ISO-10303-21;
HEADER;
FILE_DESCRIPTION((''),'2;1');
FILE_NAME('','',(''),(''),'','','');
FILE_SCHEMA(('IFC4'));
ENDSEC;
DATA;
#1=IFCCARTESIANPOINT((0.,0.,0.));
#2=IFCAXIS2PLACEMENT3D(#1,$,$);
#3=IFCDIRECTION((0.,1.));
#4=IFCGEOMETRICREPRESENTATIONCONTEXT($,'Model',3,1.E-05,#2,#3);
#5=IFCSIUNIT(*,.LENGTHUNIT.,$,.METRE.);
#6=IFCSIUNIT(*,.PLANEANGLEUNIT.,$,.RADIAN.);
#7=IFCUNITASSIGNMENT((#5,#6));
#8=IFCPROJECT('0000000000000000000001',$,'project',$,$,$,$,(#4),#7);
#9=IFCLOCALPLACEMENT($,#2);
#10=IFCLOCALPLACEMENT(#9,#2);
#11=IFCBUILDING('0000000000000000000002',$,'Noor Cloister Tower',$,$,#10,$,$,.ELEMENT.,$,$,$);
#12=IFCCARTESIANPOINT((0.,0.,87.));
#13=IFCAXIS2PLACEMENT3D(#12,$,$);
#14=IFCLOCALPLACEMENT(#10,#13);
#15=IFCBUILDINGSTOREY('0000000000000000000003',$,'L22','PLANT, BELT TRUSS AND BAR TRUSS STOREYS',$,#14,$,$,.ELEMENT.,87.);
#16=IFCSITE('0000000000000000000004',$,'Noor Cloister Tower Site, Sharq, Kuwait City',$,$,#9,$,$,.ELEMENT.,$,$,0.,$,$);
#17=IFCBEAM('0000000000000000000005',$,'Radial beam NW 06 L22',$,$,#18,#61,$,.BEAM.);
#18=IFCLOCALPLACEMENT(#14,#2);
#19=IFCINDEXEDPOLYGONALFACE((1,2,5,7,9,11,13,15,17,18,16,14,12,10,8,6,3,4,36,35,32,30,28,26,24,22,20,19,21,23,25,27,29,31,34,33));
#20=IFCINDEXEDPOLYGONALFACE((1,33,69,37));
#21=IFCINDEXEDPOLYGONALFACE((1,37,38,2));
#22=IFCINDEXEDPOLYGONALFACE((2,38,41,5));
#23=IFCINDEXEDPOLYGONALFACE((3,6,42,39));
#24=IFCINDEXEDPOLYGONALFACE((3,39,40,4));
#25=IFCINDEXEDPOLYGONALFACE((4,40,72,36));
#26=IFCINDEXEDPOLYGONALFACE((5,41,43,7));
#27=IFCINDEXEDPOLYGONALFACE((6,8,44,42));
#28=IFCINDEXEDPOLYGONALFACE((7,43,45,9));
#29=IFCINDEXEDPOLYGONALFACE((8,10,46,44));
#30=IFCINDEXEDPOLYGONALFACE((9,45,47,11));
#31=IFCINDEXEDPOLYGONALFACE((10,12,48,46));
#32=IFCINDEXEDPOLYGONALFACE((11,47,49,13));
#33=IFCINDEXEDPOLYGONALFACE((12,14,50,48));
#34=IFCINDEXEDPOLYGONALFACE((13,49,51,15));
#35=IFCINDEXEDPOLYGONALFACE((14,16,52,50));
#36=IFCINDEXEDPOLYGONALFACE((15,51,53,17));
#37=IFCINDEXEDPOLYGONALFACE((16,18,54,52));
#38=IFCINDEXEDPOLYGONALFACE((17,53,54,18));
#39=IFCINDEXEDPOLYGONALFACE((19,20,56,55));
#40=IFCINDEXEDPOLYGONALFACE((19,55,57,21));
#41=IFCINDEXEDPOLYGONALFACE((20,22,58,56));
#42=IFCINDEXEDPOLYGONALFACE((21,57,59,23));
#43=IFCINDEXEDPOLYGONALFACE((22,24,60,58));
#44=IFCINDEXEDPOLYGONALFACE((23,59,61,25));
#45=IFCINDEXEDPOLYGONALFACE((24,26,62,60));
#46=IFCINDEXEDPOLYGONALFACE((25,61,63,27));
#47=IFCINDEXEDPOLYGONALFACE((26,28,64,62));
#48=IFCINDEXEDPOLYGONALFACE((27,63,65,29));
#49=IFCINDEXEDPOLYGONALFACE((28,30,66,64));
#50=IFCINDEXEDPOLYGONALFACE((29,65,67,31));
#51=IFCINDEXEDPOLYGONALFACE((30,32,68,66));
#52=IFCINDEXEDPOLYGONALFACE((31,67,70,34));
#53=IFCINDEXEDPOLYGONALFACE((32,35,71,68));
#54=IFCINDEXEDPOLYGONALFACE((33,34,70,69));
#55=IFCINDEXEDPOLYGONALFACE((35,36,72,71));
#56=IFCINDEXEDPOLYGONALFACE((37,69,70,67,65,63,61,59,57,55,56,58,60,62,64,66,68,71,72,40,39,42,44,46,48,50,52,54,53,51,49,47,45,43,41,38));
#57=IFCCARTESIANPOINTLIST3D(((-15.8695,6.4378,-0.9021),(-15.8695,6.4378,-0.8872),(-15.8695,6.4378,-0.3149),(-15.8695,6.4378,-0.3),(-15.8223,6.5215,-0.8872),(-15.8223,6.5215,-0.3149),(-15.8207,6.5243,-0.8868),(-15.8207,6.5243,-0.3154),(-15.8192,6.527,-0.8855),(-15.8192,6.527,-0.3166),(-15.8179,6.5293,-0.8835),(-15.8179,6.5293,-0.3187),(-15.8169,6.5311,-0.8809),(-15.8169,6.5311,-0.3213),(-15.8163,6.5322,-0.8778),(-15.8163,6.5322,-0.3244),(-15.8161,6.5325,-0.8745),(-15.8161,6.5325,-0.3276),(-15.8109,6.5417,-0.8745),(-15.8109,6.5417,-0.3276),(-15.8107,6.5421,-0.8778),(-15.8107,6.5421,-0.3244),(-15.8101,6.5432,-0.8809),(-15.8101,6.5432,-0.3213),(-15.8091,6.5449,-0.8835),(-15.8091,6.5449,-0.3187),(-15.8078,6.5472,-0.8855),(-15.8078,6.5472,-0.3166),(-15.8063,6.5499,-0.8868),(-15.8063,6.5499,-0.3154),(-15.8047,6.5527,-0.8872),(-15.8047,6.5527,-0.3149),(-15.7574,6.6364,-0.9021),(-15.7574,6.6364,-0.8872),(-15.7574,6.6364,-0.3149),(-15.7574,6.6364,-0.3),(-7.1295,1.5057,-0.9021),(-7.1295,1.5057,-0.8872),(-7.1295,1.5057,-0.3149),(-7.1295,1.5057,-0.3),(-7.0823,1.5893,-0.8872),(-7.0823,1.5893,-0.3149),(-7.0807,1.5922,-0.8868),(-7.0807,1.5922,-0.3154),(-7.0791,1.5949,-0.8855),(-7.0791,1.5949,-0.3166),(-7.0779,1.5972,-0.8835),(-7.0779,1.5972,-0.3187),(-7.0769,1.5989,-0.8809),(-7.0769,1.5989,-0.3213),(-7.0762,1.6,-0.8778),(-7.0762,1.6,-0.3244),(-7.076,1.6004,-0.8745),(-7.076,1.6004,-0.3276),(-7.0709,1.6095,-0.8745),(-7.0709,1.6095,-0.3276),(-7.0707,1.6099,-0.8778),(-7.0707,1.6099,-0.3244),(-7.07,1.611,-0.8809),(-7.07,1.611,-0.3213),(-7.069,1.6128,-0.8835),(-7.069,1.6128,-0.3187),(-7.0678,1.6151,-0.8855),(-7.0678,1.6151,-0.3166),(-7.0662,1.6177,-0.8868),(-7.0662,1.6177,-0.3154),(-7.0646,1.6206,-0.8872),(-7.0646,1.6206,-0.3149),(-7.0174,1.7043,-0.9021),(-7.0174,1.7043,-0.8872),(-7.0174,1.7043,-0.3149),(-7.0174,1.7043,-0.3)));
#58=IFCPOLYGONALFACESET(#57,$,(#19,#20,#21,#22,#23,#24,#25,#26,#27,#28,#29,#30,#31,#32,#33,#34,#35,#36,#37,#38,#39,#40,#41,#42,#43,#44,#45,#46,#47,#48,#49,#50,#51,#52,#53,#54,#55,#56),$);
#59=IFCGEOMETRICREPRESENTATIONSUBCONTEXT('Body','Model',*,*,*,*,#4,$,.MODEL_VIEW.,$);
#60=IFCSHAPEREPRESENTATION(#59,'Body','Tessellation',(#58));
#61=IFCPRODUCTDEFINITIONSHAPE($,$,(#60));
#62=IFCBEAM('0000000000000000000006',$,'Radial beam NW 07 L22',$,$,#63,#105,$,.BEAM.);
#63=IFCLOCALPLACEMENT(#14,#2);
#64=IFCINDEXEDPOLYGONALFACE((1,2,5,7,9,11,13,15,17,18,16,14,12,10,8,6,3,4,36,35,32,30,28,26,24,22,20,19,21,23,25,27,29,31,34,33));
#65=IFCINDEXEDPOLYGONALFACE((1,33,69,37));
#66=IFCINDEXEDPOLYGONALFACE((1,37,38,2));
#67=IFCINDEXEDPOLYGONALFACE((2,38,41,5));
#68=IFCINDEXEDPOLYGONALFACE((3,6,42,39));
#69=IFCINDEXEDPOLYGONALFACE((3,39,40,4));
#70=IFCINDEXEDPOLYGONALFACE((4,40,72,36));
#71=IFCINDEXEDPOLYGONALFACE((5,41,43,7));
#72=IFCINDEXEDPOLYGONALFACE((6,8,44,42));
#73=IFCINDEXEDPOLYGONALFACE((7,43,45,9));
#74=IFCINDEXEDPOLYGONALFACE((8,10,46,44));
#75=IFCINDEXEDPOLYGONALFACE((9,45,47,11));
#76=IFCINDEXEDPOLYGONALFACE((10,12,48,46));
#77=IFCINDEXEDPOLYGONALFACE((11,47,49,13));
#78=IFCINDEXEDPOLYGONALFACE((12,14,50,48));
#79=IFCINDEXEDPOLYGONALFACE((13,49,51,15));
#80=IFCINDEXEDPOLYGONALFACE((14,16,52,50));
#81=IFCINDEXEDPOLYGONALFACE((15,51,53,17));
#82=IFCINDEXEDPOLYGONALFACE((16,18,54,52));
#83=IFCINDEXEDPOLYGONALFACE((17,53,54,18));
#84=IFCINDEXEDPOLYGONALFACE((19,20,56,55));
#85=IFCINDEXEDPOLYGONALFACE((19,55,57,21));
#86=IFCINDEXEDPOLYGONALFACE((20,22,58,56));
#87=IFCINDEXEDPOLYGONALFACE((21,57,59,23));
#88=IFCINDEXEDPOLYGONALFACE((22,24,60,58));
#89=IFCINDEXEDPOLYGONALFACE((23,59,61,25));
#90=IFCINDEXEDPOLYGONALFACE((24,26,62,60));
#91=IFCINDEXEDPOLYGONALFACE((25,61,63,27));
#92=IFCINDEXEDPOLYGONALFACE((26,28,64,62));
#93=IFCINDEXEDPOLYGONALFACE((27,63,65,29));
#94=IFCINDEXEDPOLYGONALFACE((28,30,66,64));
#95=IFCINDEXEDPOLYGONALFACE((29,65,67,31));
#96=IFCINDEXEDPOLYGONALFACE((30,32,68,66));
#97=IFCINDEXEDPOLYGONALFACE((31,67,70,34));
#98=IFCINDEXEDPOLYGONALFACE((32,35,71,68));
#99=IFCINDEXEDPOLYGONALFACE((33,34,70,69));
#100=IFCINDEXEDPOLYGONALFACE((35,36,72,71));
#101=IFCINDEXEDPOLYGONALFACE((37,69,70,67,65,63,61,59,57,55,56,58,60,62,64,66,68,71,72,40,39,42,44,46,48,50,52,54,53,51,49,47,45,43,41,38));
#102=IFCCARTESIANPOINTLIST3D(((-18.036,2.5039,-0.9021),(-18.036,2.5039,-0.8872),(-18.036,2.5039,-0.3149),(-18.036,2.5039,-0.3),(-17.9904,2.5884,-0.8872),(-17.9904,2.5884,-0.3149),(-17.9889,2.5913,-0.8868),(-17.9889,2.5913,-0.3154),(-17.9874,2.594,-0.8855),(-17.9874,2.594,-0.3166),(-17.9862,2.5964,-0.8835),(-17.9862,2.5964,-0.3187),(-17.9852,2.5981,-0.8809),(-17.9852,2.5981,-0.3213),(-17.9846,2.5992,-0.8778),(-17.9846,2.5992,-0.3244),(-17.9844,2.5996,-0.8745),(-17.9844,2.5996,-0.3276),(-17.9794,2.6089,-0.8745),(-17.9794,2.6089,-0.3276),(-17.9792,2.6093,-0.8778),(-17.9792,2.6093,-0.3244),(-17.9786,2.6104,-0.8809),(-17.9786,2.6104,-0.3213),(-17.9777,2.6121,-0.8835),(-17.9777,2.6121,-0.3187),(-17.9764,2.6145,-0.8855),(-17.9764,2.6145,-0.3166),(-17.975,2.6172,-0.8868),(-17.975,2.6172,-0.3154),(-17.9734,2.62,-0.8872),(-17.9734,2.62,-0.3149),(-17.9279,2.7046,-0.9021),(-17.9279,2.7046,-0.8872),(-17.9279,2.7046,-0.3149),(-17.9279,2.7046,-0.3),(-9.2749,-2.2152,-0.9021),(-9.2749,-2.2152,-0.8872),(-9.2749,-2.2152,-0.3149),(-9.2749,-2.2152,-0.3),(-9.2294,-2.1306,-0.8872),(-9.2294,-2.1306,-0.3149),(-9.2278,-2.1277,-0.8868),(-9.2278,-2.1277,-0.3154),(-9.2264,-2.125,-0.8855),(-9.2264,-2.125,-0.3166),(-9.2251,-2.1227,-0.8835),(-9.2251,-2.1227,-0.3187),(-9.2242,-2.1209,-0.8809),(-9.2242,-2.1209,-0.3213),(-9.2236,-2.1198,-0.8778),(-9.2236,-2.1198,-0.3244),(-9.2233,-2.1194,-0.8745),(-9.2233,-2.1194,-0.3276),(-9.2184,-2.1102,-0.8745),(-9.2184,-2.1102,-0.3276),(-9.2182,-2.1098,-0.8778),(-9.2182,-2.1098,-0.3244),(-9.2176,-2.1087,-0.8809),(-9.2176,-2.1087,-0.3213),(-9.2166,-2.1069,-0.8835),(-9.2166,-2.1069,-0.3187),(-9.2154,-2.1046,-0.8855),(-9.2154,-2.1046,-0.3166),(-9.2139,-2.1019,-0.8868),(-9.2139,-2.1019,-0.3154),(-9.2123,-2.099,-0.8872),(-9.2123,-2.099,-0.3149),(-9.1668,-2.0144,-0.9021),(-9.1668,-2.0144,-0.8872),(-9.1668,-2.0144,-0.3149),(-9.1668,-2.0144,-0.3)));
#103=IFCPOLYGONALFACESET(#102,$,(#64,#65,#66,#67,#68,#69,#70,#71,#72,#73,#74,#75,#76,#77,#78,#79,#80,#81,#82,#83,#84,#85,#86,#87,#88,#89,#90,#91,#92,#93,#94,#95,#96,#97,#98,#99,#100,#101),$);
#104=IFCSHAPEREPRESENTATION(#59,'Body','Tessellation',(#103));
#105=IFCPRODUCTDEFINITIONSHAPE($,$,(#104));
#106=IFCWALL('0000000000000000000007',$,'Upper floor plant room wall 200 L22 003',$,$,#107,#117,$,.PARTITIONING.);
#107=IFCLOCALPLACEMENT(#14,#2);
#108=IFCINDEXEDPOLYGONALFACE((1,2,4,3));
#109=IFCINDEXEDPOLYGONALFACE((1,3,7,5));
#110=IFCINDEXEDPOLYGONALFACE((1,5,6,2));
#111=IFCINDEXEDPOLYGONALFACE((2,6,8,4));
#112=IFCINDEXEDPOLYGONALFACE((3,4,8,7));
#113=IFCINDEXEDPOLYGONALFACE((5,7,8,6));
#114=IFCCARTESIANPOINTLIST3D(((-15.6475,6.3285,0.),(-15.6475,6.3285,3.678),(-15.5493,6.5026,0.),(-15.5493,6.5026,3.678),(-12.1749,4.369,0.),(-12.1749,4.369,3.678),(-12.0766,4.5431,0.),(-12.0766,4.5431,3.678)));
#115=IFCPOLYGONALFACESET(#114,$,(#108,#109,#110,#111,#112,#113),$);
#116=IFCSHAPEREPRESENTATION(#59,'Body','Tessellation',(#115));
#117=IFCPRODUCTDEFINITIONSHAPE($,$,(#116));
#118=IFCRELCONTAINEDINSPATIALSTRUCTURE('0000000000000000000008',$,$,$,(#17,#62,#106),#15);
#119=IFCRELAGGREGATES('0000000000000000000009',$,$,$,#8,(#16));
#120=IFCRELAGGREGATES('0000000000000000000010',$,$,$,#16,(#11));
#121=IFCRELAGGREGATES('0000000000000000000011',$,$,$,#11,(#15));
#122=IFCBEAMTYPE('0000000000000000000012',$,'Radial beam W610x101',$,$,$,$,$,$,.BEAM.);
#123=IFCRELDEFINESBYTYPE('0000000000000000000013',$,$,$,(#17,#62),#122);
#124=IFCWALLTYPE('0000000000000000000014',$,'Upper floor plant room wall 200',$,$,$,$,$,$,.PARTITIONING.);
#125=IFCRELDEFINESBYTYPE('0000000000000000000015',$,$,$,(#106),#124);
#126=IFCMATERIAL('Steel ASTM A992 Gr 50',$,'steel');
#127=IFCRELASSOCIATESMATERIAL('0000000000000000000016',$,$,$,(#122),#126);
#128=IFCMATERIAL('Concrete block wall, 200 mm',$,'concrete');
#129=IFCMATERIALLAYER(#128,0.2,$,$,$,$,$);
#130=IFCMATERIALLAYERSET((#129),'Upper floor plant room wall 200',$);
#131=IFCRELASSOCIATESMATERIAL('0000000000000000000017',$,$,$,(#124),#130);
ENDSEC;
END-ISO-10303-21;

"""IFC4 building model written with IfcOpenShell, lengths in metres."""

from ifc_helpers import new_model, si_unit, direction, frame, frame_2d, origin, origin_2d, place, context, subcontext, project, spatial, rectangle, i_section, extrude, material, layer, layer_set, material_profile, profile_set, type_object, element, save


model = new_model("IFC4")

# Units and contexts
model_context = context("Model", 3, precision=1e-05, world=origin(), true_north=direction((0.0, 1.0)))
body_context = subcontext(model_context, "Body", "Model", "MODEL_VIEW")
ifc_project = project(units=[si_unit("LENGTHUNIT", "METRE"), si_unit("PLANEANGLEUNIT", "RADIAN")], contexts=[model_context])

# Site, building, storey
site_placement = place(None, origin())
site = spatial("IfcSite", under=ifc_project, at=site_placement, Name="Noor Cloister Tower Site, Sharq, Kuwait City", CompositionType="ELEMENT", RefElevation=0.0)
building_placement = place(site_placement, origin())
building = spatial("IfcBuilding", under=site, at=building_placement, Name="Noor Cloister Tower", CompositionType="ELEMENT")
storey_placement = place(building_placement, frame((0.0, 0.0, 87.0)))
storey = spatial("IfcBuildingStorey", under=building, at=storey_placement, Name="L22", Description="PLANT, BELT TRUSS AND BAR TRUSS STOREYS", CompositionType="ELEMENT", Elevation=87.0)

# Beams
ifc_material_1 = material(Name="Steel ASTM A992 Gr 50", Category="steel")
ifc_material_profile_1 = material_profile(ifc_material_1, i_section(OverallWidth=0.228, OverallDepth=0.6021, WebThickness=0.0105, FlangeThickness=0.0149, FilletRadius=0.0127, at=origin_2d()), Name="W610x101")
ifc_profile_set_1 = profile_set([ifc_material_profile_1], Name="Steel ASTM A992 Gr 50")
beam_type_1 = type_object("IfcBeamType", Name="Radial beam W610x101", PredefinedType="BEAM", material=ifc_profile_set_1)
beam_1_placement = place(storey_placement, frame((-15.8135, 6.5371, -0.6011), z_axis=(0.870898, -0.491463, 0.0), x_axis=(0.491463, 0.870898, 0.0)))
element("IfcBeam", 1, at=beam_1_placement, inside=storey, type_object=beam_type_1, Name="Radial beam NW 06 L22", PredefinedType="BEAM", context=body_context, shape_type="SweptSolid", body=[
    extrude(i_section(OverallWidth=0.228, OverallDepth=0.6021, WebThickness=0.0105, FlangeThickness=0.0149, FilletRadius=0.0127, at=origin_2d()), origin(), (0.0, 0.0, 1.0), 10.0356),
])
beam_2_placement = place(storey_placement, frame((-17.9819, 2.6042, -0.6011), z_axis=(0.880406, -0.47422, 0.0), x_axis=(0.47422, 0.880406, 0.0)))
element("IfcBeam", 2, at=beam_2_placement, inside=storey, type_object=beam_type_1, Name="Radial beam NW 07 L22", PredefinedType="BEAM", context=body_context, shape_type="SweptSolid", body=[
    extrude(i_section(OverallWidth=0.228, OverallDepth=0.6021, WebThickness=0.0105, FlangeThickness=0.0149, FilletRadius=0.0127, at=origin_2d()), origin(), (0.0, 0.0, 1.0), 9.9512),
])

# Wall
ifc_material_2 = material(Name="Concrete block wall, 200 mm", Category="concrete")
ifc_layer = layer(ifc_material_2, 0.2)
ifc_layer_set = layer_set([ifc_layer], Name="Upper floor plant room wall 200")
wall_type = type_object("IfcWallType", Name="Upper floor plant room wall 200", PredefinedType="PARTITIONING", material=ifc_layer_set)
wall_placement = place(storey_placement, frame((-15.5984, 6.4155, 0.0), z_axis=(0.0, 0.0, 1.0), x_axis=(0.870921, -0.491424, 0.0)))
element("IfcWall", 3, at=wall_placement, inside=storey, type_object=wall_type, Name="Upper floor plant room wall 200 L22 003", PredefinedType="PARTITIONING", context=body_context, shape_type="SweptSolid", body=[
    extrude(rectangle(XDim=3.9873, YDim=0.2, at=frame_2d((1.9937, 0.0))), origin(), (0.0, 0.0, 1.0), 3.678),
])

save(model, "model.ifc")
